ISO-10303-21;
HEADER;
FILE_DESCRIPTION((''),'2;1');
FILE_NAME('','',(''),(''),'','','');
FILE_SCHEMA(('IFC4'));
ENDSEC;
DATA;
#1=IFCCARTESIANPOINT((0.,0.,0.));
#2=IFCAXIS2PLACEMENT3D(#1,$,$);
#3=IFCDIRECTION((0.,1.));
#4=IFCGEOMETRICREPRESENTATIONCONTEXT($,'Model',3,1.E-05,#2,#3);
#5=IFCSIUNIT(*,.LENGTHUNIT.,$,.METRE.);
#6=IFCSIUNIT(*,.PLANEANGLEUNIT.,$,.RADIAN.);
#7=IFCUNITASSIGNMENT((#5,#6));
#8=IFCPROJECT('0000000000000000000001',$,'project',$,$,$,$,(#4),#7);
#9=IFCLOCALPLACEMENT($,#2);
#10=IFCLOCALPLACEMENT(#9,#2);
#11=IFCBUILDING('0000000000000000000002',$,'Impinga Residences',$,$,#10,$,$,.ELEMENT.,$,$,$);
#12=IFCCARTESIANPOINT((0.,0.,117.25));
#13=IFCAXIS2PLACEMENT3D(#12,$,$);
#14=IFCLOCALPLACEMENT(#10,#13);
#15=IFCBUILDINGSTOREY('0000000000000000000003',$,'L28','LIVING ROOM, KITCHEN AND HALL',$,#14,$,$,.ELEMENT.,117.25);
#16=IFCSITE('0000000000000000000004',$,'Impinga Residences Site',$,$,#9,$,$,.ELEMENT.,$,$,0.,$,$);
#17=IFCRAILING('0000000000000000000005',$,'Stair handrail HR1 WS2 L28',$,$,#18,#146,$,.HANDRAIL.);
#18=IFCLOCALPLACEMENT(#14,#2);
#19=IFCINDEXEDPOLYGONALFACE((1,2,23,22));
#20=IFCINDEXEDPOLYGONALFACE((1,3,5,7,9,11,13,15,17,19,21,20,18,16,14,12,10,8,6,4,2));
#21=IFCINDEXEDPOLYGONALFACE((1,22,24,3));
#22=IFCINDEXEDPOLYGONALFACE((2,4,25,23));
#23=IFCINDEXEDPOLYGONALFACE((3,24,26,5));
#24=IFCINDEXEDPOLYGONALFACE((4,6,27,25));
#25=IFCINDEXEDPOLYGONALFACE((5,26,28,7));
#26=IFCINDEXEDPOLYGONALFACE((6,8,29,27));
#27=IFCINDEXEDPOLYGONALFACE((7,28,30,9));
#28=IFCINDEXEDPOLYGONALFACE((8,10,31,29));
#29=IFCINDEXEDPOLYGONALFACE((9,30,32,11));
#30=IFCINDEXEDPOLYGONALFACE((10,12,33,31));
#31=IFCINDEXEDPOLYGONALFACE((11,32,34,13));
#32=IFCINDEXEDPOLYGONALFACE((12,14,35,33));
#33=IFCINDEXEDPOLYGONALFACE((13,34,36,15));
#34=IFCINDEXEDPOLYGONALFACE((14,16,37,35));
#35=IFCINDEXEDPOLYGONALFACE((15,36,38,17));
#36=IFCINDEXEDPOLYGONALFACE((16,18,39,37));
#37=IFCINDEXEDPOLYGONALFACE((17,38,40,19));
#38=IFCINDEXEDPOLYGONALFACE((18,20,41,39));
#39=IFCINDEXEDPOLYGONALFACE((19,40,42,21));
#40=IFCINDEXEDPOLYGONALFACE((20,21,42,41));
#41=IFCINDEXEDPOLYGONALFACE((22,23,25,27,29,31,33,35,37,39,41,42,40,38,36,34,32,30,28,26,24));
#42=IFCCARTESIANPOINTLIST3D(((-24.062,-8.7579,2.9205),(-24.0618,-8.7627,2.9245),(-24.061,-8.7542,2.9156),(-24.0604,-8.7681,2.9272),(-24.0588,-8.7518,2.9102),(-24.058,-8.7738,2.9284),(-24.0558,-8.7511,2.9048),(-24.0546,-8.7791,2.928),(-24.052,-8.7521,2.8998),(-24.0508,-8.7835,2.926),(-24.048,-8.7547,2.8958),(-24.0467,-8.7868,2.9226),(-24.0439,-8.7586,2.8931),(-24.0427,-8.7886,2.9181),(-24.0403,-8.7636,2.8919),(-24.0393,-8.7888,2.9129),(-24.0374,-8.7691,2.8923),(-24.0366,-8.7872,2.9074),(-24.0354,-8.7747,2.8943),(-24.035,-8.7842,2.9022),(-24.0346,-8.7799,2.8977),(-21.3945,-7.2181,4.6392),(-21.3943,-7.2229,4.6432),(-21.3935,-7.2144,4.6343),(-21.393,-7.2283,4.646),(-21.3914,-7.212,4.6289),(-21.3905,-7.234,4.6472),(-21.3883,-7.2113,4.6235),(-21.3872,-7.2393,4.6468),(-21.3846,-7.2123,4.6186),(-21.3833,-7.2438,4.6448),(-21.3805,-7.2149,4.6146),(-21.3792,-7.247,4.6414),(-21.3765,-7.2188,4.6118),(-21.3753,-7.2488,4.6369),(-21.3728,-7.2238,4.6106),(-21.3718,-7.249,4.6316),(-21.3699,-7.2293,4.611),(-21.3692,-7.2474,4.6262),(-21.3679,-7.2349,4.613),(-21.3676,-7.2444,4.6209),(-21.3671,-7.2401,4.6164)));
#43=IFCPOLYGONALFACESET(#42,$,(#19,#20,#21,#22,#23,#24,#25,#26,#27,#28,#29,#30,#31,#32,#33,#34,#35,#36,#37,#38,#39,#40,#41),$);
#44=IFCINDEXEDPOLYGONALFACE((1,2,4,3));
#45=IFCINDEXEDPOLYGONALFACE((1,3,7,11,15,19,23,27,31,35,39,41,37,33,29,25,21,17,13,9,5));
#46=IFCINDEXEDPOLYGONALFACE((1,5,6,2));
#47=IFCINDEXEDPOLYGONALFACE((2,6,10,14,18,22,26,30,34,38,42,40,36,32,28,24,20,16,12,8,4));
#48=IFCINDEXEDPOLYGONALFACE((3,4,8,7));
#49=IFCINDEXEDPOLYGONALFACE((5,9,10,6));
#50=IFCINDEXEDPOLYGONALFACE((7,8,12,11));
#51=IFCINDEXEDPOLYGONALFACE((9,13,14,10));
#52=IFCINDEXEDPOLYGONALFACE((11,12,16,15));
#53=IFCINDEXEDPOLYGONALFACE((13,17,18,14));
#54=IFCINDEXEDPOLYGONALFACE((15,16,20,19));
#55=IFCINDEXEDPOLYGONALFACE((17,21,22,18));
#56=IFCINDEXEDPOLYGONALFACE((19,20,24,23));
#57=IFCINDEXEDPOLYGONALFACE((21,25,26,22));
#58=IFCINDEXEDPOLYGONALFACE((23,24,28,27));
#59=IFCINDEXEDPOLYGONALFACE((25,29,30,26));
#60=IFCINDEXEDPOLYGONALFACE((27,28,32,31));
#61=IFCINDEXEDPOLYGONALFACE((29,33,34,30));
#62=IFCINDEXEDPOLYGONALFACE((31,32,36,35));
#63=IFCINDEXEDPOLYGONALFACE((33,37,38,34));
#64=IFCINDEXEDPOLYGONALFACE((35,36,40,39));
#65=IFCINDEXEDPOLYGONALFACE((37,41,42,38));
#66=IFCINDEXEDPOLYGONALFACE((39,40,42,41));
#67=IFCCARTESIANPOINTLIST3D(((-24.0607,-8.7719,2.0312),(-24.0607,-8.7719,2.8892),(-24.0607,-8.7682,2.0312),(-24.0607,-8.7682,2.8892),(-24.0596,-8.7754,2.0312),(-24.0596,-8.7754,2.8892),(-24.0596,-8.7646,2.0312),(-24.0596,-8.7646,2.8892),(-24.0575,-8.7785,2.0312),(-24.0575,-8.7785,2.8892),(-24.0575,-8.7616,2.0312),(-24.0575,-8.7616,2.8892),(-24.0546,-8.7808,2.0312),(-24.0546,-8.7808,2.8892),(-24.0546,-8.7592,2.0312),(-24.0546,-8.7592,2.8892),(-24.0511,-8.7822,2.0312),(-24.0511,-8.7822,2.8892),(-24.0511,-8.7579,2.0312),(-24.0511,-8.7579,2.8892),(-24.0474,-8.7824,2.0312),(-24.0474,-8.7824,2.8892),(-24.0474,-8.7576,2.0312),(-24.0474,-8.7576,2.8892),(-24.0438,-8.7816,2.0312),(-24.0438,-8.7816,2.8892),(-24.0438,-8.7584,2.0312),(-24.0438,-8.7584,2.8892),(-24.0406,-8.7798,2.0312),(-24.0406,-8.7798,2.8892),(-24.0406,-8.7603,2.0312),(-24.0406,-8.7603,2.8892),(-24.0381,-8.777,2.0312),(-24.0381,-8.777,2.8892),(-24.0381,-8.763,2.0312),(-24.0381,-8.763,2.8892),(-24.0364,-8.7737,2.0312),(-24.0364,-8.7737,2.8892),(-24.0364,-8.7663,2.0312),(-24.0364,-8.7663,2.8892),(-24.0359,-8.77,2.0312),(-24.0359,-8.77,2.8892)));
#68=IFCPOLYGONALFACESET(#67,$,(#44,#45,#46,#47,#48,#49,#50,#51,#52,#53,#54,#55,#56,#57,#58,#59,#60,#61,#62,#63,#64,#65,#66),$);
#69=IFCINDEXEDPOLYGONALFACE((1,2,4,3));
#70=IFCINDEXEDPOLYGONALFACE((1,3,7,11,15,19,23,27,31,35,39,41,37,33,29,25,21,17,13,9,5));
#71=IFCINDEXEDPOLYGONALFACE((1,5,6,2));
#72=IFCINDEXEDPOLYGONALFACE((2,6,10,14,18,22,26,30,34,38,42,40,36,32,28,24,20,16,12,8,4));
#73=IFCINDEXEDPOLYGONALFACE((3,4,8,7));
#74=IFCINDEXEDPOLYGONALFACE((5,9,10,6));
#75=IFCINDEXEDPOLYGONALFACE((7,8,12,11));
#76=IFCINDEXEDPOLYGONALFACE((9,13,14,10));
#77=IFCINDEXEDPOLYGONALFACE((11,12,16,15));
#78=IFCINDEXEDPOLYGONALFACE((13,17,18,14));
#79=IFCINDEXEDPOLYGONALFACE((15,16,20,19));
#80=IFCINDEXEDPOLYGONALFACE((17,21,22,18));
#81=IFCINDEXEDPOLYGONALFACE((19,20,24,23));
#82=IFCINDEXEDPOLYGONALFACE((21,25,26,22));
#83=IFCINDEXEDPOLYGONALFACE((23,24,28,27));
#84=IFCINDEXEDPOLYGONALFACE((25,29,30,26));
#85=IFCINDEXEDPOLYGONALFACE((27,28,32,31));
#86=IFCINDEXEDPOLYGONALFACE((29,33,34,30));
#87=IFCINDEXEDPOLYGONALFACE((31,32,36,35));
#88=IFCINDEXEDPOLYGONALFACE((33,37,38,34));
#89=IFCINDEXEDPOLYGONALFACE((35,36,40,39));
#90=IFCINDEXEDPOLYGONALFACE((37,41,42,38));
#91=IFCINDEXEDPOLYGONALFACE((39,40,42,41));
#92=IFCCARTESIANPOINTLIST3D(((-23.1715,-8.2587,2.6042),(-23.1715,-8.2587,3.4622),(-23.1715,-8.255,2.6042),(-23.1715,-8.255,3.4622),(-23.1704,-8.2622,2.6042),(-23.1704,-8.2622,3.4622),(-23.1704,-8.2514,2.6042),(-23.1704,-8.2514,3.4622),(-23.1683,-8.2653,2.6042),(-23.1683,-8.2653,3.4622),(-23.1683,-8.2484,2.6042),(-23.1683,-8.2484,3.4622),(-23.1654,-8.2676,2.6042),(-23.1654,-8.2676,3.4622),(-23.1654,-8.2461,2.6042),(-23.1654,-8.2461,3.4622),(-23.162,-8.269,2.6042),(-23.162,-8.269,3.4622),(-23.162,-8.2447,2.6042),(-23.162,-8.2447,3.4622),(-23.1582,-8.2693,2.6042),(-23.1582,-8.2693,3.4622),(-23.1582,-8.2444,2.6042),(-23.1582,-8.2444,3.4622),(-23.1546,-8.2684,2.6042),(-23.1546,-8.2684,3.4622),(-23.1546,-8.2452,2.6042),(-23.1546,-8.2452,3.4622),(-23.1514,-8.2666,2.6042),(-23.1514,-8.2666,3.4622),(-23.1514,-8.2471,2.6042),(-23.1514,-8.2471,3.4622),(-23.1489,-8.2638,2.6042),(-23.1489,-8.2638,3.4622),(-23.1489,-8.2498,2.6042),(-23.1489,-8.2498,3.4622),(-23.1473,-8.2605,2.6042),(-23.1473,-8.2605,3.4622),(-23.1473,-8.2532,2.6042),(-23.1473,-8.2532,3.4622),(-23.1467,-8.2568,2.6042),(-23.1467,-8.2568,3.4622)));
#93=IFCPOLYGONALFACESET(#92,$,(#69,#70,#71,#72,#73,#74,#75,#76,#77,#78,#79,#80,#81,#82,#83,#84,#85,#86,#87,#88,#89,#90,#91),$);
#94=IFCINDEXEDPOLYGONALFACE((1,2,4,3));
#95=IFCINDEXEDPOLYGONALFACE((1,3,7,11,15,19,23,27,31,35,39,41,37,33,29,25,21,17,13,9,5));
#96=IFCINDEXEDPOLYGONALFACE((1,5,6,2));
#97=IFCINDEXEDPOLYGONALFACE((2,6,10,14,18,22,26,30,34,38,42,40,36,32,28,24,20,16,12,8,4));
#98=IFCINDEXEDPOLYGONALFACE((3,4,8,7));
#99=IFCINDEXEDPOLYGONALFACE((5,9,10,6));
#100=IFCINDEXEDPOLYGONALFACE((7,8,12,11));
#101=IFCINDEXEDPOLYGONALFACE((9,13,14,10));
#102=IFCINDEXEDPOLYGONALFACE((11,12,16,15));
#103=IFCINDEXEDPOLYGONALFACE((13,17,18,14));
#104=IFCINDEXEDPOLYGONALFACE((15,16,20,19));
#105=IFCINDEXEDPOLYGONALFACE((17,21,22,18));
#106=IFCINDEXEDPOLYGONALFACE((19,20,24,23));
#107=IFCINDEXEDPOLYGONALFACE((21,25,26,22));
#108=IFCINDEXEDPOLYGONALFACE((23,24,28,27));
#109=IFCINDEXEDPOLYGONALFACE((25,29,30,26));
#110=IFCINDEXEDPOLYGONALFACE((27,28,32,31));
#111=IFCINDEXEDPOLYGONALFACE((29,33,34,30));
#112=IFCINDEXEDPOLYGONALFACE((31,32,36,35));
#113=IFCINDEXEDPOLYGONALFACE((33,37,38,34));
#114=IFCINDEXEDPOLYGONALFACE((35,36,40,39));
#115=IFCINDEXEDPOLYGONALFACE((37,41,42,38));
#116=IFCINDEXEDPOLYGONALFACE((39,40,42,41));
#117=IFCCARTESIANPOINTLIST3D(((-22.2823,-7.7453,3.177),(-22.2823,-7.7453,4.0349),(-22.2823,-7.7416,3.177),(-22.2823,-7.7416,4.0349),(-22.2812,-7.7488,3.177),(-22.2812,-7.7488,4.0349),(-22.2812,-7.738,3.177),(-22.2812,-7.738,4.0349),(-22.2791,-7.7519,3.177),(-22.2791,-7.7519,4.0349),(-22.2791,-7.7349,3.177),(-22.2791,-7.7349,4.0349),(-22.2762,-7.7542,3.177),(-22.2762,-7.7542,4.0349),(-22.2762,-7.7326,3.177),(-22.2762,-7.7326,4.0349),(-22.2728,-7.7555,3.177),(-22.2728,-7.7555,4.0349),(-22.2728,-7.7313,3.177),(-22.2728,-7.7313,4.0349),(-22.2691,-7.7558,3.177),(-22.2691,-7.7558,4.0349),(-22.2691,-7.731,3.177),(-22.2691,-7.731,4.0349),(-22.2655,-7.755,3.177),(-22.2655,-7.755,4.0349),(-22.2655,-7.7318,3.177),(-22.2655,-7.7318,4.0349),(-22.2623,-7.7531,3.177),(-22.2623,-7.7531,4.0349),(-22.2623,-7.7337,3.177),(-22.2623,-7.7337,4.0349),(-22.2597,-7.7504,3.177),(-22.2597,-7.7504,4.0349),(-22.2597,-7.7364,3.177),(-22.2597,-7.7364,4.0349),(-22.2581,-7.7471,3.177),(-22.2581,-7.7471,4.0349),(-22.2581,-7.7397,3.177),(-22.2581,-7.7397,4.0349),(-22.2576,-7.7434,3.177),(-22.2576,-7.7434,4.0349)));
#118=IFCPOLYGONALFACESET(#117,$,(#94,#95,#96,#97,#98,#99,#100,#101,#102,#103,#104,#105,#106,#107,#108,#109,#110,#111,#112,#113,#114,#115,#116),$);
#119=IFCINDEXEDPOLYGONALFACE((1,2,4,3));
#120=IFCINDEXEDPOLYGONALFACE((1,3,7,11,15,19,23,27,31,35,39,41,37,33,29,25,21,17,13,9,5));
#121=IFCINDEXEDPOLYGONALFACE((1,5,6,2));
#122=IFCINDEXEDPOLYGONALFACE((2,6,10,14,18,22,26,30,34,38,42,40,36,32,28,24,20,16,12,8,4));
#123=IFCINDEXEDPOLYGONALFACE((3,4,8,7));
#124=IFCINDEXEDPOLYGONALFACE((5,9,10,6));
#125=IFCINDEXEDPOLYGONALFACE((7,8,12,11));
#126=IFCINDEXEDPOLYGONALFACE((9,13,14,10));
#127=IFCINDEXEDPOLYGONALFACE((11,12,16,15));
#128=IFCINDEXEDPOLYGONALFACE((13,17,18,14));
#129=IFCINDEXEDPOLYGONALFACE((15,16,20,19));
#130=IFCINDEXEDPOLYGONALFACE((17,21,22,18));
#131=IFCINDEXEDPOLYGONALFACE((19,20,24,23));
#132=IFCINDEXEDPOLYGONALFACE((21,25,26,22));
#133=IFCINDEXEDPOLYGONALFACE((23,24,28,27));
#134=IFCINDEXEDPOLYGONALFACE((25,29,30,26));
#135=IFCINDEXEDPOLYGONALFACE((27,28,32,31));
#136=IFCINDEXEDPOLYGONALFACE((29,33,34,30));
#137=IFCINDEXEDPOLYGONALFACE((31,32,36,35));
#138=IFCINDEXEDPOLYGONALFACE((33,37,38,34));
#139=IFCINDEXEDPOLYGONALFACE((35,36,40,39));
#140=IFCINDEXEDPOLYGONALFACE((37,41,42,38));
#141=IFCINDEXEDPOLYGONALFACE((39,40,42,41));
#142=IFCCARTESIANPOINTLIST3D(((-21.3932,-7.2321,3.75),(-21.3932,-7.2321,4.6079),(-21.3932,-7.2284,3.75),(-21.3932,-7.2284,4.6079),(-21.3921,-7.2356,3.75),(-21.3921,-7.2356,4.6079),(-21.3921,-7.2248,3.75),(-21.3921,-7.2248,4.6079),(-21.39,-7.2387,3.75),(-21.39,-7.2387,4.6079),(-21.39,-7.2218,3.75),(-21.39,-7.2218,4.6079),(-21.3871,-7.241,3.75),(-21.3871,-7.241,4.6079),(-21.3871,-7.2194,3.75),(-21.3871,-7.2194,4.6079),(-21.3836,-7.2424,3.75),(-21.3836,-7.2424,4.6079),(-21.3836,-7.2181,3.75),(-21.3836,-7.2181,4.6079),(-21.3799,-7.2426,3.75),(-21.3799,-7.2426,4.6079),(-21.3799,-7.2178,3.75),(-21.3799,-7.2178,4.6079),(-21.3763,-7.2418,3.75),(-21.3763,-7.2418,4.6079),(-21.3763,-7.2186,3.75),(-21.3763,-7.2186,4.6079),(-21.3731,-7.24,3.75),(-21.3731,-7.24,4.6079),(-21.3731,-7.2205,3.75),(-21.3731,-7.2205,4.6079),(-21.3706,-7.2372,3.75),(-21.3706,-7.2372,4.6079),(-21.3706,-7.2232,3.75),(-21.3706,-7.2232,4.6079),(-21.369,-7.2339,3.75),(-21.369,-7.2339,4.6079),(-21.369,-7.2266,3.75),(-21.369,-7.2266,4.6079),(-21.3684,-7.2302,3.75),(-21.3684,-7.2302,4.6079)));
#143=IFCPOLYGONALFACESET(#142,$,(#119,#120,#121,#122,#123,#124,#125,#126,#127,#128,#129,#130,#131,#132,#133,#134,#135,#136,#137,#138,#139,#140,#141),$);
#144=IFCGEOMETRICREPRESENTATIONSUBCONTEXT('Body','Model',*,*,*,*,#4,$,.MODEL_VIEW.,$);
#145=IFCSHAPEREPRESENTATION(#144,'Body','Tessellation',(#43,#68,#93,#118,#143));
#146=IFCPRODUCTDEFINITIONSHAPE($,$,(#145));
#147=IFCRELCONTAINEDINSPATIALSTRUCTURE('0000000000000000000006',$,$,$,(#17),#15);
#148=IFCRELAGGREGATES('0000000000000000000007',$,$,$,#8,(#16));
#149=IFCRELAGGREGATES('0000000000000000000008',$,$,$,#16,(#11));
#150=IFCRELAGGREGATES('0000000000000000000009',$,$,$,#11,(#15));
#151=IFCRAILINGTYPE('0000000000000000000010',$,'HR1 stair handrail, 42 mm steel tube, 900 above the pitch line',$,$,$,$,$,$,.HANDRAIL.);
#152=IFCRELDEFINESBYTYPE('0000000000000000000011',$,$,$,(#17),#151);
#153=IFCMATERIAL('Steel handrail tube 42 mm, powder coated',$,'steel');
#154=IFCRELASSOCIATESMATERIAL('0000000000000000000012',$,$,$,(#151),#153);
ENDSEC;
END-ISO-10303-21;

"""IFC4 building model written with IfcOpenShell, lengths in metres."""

from ifc_helpers import new_model, si_unit, direction, frame, origin, origin_2d, place, context, subcontext, project, spatial, circle, extrude, material, type_object, element, save


model = new_model("IFC4")

# Units and contexts
model_context = context("Model", 3, precision=1e-05, world=origin(), true_north=direction((0.0, 1.0)))
body_context = subcontext(model_context, "Body", "Model", "MODEL_VIEW")
ifc_project = project(units=[si_unit("LENGTHUNIT", "METRE"), si_unit("PLANEANGLEUNIT", "RADIAN")], contexts=[model_context])

# Site, building, storey
site_placement = place(None, origin())
site = spatial("IfcSite", under=ifc_project, at=site_placement, Name="Impinga Residences Site", CompositionType="ELEMENT", RefElevation=0.0)
building_placement = place(site_placement, origin())
building = spatial("IfcBuilding", under=site, at=building_placement, Name="Impinga Residences", CompositionType="ELEMENT")
storey_placement = place(building_placement, frame((0.0, 0.0, 117.25)))
storey = spatial("IfcBuildingStorey", under=building, at=storey_placement, Name="L28", Description="LIVING ROOM, KITCHEN AND HALL", CompositionType="ELEMENT", Elevation=117.25)

# Railing
ifc_material_1 = material(Name="Steel handrail tube 42 mm, powder coated", Category="steel")
railing_type_1 = type_object("IfcRailingType", Name="HR1 stair handrail, 42 mm steel tube, 900 above the pitch line", PredefinedType="HANDRAIL", material=ifc_material_1)
railing_1_placement = place(storey_placement, frame((-24.0483, -8.77, 2.0312)))
element("IfcRailing", 1, at=railing_1_placement, inside=storey, type_object=railing_type_1, Name="Stair handrail HR1 WS2 L28", PredefinedType="HANDRAIL", context=body_context, shape_type="SweptSolid", body=[
    extrude(circle(Radius=0.021, at=origin_2d()), frame((0.0, 0.0, 0.8789), z_axis=(0.756279, 0.43656, 0.487297), x_axis=(-0.499933, 0.866064, 0.0)), (0.0, 0.0, 1.0), 3.5271),
    extrude(circle(Radius=0.0125, at=origin_2d()), origin(), (0.0, 0.0, 1.0), 0.8579),
    extrude(circle(Radius=0.0125, at=origin_2d()), frame((0.8892, 0.5132, 0.573)), (0.0, 0.0, 1.0), 0.8579),
    extrude(circle(Radius=0.0125, at=origin_2d()), frame((1.7783, 1.0266, 1.1458)), (0.0, 0.0, 1.0), 0.8579),
    extrude(circle(Radius=0.0125, at=origin_2d()), frame((2.6675, 1.5398, 1.7188)), (0.0, 0.0, 1.0), 0.8579),
])

save(model, "model.ifc")
